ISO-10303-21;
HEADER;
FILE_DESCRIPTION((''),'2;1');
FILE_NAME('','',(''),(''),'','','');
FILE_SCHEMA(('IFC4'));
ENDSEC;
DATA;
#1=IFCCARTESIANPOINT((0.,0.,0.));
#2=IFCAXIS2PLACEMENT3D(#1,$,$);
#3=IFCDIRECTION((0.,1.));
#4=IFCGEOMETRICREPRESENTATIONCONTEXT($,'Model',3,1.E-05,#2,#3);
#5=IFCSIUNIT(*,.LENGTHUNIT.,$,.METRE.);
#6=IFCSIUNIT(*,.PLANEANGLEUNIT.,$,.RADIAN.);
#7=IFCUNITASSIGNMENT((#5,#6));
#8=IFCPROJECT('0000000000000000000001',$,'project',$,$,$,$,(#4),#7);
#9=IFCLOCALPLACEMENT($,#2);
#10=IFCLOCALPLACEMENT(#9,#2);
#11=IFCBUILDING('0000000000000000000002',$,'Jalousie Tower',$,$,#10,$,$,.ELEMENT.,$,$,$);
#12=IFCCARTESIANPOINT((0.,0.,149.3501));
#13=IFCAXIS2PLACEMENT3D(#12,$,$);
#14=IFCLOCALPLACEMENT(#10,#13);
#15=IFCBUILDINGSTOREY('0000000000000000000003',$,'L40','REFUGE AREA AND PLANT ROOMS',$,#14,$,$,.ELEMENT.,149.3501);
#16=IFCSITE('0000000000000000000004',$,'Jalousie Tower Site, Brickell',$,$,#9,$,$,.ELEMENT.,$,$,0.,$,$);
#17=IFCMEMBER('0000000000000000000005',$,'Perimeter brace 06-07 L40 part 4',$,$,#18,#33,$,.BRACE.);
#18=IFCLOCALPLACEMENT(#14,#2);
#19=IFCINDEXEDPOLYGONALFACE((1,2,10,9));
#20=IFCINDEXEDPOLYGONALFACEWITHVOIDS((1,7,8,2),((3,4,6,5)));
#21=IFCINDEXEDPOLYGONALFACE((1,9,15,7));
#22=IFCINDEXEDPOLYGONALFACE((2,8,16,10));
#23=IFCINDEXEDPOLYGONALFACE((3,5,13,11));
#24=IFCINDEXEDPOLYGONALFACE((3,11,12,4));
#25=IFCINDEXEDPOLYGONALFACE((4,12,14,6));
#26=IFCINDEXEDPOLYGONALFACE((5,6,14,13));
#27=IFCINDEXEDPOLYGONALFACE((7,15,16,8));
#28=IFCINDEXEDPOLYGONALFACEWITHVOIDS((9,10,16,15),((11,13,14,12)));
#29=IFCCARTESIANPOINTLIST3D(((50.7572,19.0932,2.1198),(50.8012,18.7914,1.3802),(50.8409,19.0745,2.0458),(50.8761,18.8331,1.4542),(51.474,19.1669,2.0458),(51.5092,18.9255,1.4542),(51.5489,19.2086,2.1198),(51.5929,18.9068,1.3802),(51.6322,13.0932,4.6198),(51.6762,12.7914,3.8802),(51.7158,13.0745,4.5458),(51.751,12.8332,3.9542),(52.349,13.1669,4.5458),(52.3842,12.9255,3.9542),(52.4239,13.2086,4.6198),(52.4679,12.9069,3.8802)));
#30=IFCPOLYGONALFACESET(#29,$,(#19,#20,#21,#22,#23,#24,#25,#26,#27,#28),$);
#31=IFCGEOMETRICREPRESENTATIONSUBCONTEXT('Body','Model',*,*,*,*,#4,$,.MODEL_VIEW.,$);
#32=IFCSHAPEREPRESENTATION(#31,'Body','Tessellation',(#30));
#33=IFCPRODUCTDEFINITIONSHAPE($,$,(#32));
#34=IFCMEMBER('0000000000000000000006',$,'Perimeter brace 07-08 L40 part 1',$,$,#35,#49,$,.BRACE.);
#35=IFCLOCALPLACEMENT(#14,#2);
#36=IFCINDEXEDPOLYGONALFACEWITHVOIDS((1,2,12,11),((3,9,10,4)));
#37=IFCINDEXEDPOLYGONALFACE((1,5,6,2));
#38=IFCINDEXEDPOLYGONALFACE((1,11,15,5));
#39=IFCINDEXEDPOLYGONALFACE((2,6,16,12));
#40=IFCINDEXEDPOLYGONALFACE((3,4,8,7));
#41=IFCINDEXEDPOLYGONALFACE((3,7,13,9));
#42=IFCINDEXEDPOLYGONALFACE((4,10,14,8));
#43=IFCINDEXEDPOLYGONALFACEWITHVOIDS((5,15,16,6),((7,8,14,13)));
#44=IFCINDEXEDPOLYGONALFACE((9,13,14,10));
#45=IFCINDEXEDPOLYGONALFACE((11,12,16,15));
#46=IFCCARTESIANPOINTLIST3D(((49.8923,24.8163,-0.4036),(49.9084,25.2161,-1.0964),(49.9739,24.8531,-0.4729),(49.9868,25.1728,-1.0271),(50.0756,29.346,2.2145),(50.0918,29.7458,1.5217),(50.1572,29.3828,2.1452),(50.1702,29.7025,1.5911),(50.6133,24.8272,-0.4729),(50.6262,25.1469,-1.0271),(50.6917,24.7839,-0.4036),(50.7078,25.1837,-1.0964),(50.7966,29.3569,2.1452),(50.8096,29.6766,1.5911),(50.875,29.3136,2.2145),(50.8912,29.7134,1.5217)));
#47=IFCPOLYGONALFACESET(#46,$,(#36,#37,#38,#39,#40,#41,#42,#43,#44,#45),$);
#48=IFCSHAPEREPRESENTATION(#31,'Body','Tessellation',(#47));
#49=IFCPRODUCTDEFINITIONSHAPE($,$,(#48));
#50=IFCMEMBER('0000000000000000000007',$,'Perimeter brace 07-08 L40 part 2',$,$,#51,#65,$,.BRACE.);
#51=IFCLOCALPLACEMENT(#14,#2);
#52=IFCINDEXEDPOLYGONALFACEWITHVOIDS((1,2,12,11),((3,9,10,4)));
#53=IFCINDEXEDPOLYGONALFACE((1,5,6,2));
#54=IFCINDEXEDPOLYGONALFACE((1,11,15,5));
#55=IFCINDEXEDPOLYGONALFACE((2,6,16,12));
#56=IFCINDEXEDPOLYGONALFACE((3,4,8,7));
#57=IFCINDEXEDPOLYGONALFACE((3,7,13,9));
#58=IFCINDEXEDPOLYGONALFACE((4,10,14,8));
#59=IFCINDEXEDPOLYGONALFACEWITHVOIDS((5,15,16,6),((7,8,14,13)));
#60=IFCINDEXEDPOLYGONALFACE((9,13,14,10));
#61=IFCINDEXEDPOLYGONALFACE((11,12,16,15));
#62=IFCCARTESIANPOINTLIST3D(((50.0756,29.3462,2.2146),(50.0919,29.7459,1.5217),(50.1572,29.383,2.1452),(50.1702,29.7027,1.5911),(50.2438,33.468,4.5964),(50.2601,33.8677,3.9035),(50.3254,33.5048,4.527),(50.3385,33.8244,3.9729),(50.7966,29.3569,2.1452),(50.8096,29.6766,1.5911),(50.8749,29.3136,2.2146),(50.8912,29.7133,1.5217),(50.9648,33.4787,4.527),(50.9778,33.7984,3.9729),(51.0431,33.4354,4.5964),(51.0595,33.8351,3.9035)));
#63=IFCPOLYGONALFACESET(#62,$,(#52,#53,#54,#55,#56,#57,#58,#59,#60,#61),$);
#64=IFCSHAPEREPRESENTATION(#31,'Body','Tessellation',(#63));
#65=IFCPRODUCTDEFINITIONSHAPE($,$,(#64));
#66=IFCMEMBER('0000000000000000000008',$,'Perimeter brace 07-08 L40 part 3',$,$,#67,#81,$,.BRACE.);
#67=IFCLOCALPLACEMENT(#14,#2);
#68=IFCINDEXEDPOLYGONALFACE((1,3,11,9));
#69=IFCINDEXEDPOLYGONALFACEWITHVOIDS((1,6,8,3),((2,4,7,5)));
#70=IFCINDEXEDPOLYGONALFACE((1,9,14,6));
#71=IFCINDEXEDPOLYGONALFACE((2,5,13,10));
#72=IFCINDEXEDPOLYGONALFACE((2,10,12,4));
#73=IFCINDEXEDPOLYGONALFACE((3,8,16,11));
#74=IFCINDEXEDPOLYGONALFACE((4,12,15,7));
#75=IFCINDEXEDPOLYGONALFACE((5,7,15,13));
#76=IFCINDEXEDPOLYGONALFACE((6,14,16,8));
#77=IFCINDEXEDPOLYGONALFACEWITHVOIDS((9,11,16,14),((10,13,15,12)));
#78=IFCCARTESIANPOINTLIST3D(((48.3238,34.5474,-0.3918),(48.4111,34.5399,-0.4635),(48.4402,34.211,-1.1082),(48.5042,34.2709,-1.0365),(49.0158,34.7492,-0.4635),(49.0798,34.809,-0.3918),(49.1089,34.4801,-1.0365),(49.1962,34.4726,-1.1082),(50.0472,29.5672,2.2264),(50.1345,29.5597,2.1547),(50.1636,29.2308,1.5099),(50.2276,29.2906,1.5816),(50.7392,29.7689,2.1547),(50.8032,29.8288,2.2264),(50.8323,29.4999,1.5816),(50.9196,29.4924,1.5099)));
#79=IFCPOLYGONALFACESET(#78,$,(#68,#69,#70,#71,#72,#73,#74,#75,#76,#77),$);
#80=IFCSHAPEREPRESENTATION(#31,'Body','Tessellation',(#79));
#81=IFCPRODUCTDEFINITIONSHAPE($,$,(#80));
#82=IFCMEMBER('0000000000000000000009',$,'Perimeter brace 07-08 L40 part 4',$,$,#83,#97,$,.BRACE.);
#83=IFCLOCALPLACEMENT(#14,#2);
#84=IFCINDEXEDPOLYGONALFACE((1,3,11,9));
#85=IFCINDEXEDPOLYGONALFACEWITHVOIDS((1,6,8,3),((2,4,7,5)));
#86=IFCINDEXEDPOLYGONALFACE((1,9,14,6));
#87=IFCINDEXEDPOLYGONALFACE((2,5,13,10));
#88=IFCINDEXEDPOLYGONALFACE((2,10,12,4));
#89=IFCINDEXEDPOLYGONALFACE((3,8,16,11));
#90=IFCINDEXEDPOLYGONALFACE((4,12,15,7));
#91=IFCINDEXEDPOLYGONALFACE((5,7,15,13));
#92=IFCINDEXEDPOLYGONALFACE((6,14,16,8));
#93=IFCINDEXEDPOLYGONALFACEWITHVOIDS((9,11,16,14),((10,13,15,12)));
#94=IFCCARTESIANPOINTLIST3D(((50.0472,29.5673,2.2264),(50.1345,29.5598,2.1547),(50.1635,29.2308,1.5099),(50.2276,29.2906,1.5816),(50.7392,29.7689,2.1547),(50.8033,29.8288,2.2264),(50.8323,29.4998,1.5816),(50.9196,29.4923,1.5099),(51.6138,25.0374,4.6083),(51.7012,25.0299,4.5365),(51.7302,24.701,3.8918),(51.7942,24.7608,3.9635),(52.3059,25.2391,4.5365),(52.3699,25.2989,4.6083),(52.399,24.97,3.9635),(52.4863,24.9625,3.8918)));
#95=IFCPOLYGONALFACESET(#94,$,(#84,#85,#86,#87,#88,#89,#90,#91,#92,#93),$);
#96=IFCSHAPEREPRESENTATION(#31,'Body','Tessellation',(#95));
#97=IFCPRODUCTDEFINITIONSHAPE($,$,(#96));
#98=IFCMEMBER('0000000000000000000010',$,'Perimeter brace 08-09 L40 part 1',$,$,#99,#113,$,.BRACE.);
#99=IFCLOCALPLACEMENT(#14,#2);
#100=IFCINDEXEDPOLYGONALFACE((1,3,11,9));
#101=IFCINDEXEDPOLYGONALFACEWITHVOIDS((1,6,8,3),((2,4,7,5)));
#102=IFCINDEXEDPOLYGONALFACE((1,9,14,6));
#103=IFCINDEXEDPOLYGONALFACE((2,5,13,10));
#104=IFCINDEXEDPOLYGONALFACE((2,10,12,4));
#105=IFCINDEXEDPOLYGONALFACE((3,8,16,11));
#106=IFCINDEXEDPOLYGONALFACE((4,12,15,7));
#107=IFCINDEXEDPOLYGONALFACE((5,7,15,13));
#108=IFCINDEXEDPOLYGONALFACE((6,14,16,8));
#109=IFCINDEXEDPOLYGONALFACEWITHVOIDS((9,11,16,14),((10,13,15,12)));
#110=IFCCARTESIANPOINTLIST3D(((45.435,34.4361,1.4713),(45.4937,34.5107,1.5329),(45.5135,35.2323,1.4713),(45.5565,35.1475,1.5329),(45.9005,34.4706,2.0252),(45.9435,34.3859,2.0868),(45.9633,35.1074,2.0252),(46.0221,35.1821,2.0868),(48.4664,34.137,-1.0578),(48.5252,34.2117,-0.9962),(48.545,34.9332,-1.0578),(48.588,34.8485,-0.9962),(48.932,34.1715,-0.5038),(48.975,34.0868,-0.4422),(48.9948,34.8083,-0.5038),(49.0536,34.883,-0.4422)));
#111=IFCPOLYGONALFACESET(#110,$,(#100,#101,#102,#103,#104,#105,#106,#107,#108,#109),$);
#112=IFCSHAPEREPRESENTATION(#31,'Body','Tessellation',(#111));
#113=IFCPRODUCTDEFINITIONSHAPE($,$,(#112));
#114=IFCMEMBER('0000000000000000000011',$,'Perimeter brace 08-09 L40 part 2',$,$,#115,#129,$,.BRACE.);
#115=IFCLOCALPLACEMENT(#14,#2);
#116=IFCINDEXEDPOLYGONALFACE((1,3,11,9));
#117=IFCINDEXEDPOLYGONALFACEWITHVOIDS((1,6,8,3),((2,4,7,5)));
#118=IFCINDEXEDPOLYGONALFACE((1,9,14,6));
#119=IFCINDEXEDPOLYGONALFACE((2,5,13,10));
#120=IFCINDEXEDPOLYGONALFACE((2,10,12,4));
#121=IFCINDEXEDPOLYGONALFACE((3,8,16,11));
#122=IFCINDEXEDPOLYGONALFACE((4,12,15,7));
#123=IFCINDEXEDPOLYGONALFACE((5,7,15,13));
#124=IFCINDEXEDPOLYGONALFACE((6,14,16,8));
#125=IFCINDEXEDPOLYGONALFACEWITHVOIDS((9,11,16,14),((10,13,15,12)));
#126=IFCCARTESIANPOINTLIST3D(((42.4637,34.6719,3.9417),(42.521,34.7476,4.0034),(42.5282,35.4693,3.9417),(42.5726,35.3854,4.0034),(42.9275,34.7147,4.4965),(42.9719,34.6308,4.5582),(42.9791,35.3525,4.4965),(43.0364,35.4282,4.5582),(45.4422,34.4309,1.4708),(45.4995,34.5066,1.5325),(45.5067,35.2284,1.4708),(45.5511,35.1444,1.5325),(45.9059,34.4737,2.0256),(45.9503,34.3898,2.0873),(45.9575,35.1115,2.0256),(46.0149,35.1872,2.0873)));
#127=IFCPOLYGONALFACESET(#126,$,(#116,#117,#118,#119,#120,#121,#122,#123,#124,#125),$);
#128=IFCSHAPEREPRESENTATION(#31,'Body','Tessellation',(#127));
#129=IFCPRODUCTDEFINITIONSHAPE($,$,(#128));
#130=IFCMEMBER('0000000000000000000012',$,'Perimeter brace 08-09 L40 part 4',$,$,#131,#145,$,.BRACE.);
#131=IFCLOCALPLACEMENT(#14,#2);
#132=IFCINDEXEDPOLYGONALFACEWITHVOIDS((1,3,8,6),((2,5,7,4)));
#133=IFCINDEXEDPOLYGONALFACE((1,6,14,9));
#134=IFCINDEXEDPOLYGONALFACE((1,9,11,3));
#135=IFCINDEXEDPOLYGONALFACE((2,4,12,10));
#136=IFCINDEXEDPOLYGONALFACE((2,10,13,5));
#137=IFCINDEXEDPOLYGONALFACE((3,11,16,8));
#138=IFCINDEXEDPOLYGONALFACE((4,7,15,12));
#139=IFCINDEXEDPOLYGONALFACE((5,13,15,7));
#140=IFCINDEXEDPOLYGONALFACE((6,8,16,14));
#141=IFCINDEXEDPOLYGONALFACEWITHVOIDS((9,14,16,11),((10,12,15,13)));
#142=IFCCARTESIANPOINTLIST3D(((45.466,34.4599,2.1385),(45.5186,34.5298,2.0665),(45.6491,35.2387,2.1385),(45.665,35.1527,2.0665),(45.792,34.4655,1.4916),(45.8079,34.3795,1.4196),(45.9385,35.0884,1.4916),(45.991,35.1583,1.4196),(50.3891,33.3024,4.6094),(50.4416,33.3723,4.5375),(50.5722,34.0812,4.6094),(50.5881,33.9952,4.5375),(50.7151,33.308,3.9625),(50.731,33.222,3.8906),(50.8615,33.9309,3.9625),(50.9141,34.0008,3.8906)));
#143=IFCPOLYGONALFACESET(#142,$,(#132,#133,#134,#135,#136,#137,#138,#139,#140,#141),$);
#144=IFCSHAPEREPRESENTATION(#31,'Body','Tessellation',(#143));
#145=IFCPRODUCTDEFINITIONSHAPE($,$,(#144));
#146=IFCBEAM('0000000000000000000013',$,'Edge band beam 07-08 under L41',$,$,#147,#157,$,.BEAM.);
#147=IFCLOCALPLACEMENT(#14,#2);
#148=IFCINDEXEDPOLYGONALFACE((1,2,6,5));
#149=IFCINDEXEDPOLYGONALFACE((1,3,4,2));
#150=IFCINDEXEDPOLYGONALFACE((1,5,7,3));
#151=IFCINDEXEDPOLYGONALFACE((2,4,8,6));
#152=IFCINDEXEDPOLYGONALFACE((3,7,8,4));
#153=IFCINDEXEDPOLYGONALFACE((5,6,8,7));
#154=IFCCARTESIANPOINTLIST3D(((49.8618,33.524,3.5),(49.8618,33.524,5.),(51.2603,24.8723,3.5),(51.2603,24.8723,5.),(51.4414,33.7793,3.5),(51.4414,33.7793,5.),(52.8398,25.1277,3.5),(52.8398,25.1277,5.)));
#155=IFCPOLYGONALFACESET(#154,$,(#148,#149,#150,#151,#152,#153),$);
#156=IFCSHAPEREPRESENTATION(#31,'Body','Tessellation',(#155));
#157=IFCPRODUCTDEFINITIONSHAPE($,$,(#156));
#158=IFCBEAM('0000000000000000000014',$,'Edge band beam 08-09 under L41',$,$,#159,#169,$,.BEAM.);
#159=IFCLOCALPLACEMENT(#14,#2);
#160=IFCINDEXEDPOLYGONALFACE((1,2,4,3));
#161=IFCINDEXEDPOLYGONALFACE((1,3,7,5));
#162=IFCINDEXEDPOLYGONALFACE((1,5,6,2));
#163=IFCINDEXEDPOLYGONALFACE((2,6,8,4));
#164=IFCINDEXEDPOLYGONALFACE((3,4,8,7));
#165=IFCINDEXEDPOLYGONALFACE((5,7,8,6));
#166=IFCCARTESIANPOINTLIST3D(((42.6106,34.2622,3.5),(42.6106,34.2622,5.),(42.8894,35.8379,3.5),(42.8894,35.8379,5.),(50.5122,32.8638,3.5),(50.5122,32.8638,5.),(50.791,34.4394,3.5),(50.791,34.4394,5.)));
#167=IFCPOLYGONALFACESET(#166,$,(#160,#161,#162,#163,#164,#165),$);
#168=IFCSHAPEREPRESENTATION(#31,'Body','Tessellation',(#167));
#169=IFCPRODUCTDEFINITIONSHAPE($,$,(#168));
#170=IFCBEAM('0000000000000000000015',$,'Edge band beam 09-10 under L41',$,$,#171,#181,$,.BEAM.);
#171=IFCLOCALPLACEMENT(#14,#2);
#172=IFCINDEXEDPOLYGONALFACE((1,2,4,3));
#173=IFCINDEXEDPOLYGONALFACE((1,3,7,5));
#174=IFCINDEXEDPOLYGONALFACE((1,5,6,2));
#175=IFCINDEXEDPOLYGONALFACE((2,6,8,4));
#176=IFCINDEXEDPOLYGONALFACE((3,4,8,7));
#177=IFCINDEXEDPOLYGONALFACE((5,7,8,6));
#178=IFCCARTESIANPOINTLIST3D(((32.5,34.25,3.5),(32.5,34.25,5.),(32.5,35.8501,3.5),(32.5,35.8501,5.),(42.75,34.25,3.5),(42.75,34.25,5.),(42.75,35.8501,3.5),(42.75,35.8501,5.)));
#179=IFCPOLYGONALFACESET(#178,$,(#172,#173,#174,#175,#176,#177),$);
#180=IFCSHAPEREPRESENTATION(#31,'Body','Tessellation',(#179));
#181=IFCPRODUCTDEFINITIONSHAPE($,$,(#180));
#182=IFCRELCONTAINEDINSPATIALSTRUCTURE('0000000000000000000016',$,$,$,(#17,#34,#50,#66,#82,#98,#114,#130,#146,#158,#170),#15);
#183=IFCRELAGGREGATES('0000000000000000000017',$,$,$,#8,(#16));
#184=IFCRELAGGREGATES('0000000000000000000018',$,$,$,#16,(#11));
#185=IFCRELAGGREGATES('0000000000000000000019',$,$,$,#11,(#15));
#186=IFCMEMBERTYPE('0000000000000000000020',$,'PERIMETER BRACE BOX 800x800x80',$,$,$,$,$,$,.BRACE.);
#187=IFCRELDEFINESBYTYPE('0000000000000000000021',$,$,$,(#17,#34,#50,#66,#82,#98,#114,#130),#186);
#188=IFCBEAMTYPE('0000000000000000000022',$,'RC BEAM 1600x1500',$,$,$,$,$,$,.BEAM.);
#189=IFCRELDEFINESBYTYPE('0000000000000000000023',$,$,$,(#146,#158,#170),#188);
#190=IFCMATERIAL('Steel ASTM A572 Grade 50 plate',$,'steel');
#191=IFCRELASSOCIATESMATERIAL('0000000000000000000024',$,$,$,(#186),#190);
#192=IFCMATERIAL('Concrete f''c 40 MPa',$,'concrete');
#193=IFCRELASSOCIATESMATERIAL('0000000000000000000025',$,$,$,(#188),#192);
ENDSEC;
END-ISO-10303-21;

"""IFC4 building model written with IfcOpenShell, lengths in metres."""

from ifc_helpers import new_model, si_unit, direction, frame, origin, origin_2d, place, context, subcontext, project, spatial, rectangle, hollow_rectangle, extrude, material, material_profile, profile_set, type_object, element, save


model = new_model("IFC4")

# Units and contexts
model_context = context("Model", 3, precision=1e-05, world=origin(), true_north=direction((0.0, 1.0)))
body_context = subcontext(model_context, "Body", "Model", "MODEL_VIEW")
ifc_project = project(units=[si_unit("LENGTHUNIT", "METRE"), si_unit("PLANEANGLEUNIT", "RADIAN")], contexts=[model_context])

# Site, building, storey
site_placement = place(None, origin())
site = spatial("IfcSite", under=ifc_project, at=site_placement, Name="Jalousie Tower Site, Brickell", CompositionType="ELEMENT", RefElevation=0.0)
building_placement = place(site_placement, origin())
building = spatial("IfcBuilding", under=site, at=building_placement, Name="Jalousie Tower", CompositionType="ELEMENT")
storey_placement = place(building_placement, frame((0.0, 0.0, 149.3501)))
storey = spatial("IfcBuildingStorey", under=building, at=storey_placement, Name="L40", Description="REFUGE AREA AND PLANT ROOMS", CompositionType="ELEMENT", Elevation=149.3501)

# Members
ifc_material_1 = material(Name="Steel ASTM A572 Grade 50 plate", Category="steel")
ifc_material_profile_1 = material_profile(ifc_material_1, hollow_rectangle(XDim=0.8, YDim=0.8, WallThickness=0.0801, at=origin_2d()), Name="BOX 800x800x80")
ifc_profile_set_1 = profile_set([ifc_material_profile_1], Name="Steel ASTM A572 Grade 50 plate")
member_type_1 = type_object("IfcMemberType", Name="PERIMETER BRACE BOX 800x800x80", PredefinedType="BRACE", material=ifc_profile_set_1)
for number, where, z_axis, x_axis, name in (
    (1, (51.175, 19.0, 1.75), (0.133412, -0.914825, 0.381177), (0.989533, 0.144307, 0.0), "Perimeter brace 06-07 L40 part 4"),
):
    element("IfcMember", number, at=place(storey_placement, frame(where, z_axis=z_axis, x_axis=x_axis)), inside=storey, type_object=member_type_1, Name=name, PredefinedType="BRACE", context=body_context, shape_type="SweptSolid", body=[
        extrude(hollow_rectangle(XDim=0.8, YDim=0.8, WallThickness=0.0801, at=origin_2d()), origin(), (0.0, 0.0, 1.0), 6.5586),
    ])
member_1_placement = place(storey_placement, frame((50.3, 25.0, -0.75), z_axis=(0.035022, 0.865255, 0.500107), x_axis=(-0.999182, 0.040443, 0.0)))
element("IfcMember", 2, at=member_1_placement, inside=storey, type_object=member_type_1, Name="Perimeter brace 07-08 L40 part 1", PredefinedType="BRACE", context=body_context, shape_type="SweptSolid", body=[
    extrude(hollow_rectangle(XDim=0.8, YDim=0.8, WallThickness=0.0801, at=origin_2d()), origin(), (0.0, 0.0, 1.0), 5.2351),
])
member_2_placement = place(storey_placement, frame((50.4834, 29.5298, 1.8682), z_axis=(0.035313, 0.865294, 0.500019), x_axis=(-0.999168, 0.040776, 0.0)))
element("IfcMember", 3, at=member_2_placement, inside=storey, type_object=member_type_1, Name="Perimeter brace 07-08 L40 part 2", PredefinedType="BRACE", context=body_context, shape_type="SweptSolid", body=[
    extrude(hollow_rectangle(XDim=0.8, YDim=0.8, WallThickness=0.0801, at=origin_2d()), origin(), (0.0, 0.0, 1.0), 4.7634),
])
member_3_placement = place(storey_placement, frame((48.76, 34.51, -0.75), z_axis=(0.292869, -0.846327, 0.444925), x_axis=(0.945017, 0.32702, 0.0)))
element("IfcMember", 4, at=member_3_placement, inside=storey, type_object=member_type_1, Name="Perimeter brace 07-08 L40 part 3", PredefinedType="BRACE", context=body_context, shape_type="SweptSolid", body=[
    extrude(hollow_rectangle(XDim=0.8, YDim=0.8, WallThickness=0.0801, at=origin_2d()), origin(), (0.0, 0.0, 1.0), 5.8845),
])
member_4_placement = place(storey_placement, frame((50.4834, 29.5298, 1.8682), z_axis=(0.292709, -0.846334, 0.445017), x_axis=(0.945073, 0.326859, 0.0)))
element("IfcMember", 5, at=member_4_placement, inside=storey, type_object=member_type_1, Name="Perimeter brace 07-08 L40 part 4", PredefinedType="BRACE", context=body_context, shape_type="SweptSolid", body=[
    extrude(hollow_rectangle(XDim=0.8, YDim=0.8, WallThickness=0.0801, at=origin_2d()), origin(), (0.0, 0.0, 1.0), 5.3523),
])
member_5_placement = place(storey_placement, frame((48.76, 34.51, -0.75), z_axis=(-0.765678, 0.075538, 0.638774), x_axis=(-0.098178, -0.995169, 0.0)))
element("IfcMember", 6, at=member_5_placement, inside=storey, type_object=member_type_1, Name="Perimeter brace 08-09 L40 part 1", PredefinedType="BRACE", context=body_context, shape_type="SweptSolid", body=[
    extrude(hollow_rectangle(XDim=0.8, YDim=0.8, WallThickness=0.0801, at=origin_2d()), origin(), (0.0, 0.0, 1.0), 3.9592),
])
member_6_placement = place(storey_placement, frame((45.7285, 34.8091, 1.7791), z_axis=(-0.768149, 0.062144, 0.637249), x_axis=(-0.080638, -0.996743, 0.0)))
element("IfcMember", 7, at=member_6_placement, inside=storey, type_object=member_type_1, Name="Perimeter brace 08-09 L40 part 2", PredefinedType="BRACE", context=body_context, shape_type="SweptSolid", body=[
    extrude(hollow_rectangle(XDim=0.8, YDim=0.8, WallThickness=0.0801, at=origin_2d()), origin(), (0.0, 0.0, 1.0), 3.8774),
])
member_7_placement = place(storey_placement, frame((45.7285, 34.8091, 1.7791), z_axis=(0.874643, -0.205638, 0.438991), x_axis=(0.22887, 0.973457, 0.0)))
element("IfcMember", 8, at=member_7_placement, inside=storey, type_object=member_type_1, Name="Perimeter brace 08-09 L40 part 4", PredefinedType="BRACE", context=body_context, shape_type="SweptSolid", body=[
    extrude(hollow_rectangle(XDim=0.8, YDim=0.8, WallThickness=0.0801, at=origin_2d()), origin(), (0.0, 0.0, 1.0), 5.6287),
])

# Beams
ifc_material_2 = material(Name="Concrete f'c 40 MPa", Category="concrete")
ifc_material_profile_2 = material_profile(ifc_material_2, rectangle(XDim=1.6001, YDim=1.5, at=origin_2d()), Name="RC 1600x1500")
ifc_profile_set_2 = profile_set([ifc_material_profile_2], Name="Concrete f'c 40 MPa")
beam_type_1 = type_object("IfcBeamType", Name="RC BEAM 1600x1500", PredefinedType="BEAM", material=ifc_profile_set_2)
beam_1_placement = place(storey_placement, frame((52.05, 25.0, 4.25), z_axis=(-0.159568, 0.987187, 0.0), x_axis=(-0.987187, -0.159568, 0.0)))
element("IfcBeam", 9, at=beam_1_placement, inside=storey, type_object=beam_type_1, Name="Edge band beam 07-08 under L41", PredefinedType="BEAM", context=body_context, shape_type="SweptSolid", body=[
    extrude(rectangle(XDim=1.6001, YDim=1.5, at=origin_2d()), origin(), (0.0, 0.0, 1.0), 8.7639),
])
beam_2_placement = place(storey_placement, frame((50.6516, 33.6516, 4.25), z_axis=(-0.984697, 0.174273, 0.0), x_axis=(-0.174273, -0.984697, 0.0)))
element("IfcBeam", 10, at=beam_2_placement, inside=storey, type_object=beam_type_1, Name="Edge band beam 08-09 under L41", PredefinedType="BEAM", context=body_context, shape_type="SweptSolid", body=[
    extrude(rectangle(XDim=1.6001, YDim=1.5, at=origin_2d()), origin(), (0.0, 0.0, 1.0), 8.0244),
])
beam_3_placement = place(storey_placement, frame((42.75, 35.05, 4.25), z_axis=(-1.0, 0.0, 0.0), x_axis=(0.0, -1.0, 0.0)))
element("IfcBeam", 11, at=beam_3_placement, inside=storey, type_object=beam_type_1, Name="Edge band beam 09-10 under L41", PredefinedType="BEAM", context=body_context, shape_type="SweptSolid", body=[
    extrude(rectangle(XDim=1.6001, YDim=1.5, at=origin_2d()), origin(), (0.0, 0.0, 1.0), 10.25),
])

save(model, "model.ifc")
